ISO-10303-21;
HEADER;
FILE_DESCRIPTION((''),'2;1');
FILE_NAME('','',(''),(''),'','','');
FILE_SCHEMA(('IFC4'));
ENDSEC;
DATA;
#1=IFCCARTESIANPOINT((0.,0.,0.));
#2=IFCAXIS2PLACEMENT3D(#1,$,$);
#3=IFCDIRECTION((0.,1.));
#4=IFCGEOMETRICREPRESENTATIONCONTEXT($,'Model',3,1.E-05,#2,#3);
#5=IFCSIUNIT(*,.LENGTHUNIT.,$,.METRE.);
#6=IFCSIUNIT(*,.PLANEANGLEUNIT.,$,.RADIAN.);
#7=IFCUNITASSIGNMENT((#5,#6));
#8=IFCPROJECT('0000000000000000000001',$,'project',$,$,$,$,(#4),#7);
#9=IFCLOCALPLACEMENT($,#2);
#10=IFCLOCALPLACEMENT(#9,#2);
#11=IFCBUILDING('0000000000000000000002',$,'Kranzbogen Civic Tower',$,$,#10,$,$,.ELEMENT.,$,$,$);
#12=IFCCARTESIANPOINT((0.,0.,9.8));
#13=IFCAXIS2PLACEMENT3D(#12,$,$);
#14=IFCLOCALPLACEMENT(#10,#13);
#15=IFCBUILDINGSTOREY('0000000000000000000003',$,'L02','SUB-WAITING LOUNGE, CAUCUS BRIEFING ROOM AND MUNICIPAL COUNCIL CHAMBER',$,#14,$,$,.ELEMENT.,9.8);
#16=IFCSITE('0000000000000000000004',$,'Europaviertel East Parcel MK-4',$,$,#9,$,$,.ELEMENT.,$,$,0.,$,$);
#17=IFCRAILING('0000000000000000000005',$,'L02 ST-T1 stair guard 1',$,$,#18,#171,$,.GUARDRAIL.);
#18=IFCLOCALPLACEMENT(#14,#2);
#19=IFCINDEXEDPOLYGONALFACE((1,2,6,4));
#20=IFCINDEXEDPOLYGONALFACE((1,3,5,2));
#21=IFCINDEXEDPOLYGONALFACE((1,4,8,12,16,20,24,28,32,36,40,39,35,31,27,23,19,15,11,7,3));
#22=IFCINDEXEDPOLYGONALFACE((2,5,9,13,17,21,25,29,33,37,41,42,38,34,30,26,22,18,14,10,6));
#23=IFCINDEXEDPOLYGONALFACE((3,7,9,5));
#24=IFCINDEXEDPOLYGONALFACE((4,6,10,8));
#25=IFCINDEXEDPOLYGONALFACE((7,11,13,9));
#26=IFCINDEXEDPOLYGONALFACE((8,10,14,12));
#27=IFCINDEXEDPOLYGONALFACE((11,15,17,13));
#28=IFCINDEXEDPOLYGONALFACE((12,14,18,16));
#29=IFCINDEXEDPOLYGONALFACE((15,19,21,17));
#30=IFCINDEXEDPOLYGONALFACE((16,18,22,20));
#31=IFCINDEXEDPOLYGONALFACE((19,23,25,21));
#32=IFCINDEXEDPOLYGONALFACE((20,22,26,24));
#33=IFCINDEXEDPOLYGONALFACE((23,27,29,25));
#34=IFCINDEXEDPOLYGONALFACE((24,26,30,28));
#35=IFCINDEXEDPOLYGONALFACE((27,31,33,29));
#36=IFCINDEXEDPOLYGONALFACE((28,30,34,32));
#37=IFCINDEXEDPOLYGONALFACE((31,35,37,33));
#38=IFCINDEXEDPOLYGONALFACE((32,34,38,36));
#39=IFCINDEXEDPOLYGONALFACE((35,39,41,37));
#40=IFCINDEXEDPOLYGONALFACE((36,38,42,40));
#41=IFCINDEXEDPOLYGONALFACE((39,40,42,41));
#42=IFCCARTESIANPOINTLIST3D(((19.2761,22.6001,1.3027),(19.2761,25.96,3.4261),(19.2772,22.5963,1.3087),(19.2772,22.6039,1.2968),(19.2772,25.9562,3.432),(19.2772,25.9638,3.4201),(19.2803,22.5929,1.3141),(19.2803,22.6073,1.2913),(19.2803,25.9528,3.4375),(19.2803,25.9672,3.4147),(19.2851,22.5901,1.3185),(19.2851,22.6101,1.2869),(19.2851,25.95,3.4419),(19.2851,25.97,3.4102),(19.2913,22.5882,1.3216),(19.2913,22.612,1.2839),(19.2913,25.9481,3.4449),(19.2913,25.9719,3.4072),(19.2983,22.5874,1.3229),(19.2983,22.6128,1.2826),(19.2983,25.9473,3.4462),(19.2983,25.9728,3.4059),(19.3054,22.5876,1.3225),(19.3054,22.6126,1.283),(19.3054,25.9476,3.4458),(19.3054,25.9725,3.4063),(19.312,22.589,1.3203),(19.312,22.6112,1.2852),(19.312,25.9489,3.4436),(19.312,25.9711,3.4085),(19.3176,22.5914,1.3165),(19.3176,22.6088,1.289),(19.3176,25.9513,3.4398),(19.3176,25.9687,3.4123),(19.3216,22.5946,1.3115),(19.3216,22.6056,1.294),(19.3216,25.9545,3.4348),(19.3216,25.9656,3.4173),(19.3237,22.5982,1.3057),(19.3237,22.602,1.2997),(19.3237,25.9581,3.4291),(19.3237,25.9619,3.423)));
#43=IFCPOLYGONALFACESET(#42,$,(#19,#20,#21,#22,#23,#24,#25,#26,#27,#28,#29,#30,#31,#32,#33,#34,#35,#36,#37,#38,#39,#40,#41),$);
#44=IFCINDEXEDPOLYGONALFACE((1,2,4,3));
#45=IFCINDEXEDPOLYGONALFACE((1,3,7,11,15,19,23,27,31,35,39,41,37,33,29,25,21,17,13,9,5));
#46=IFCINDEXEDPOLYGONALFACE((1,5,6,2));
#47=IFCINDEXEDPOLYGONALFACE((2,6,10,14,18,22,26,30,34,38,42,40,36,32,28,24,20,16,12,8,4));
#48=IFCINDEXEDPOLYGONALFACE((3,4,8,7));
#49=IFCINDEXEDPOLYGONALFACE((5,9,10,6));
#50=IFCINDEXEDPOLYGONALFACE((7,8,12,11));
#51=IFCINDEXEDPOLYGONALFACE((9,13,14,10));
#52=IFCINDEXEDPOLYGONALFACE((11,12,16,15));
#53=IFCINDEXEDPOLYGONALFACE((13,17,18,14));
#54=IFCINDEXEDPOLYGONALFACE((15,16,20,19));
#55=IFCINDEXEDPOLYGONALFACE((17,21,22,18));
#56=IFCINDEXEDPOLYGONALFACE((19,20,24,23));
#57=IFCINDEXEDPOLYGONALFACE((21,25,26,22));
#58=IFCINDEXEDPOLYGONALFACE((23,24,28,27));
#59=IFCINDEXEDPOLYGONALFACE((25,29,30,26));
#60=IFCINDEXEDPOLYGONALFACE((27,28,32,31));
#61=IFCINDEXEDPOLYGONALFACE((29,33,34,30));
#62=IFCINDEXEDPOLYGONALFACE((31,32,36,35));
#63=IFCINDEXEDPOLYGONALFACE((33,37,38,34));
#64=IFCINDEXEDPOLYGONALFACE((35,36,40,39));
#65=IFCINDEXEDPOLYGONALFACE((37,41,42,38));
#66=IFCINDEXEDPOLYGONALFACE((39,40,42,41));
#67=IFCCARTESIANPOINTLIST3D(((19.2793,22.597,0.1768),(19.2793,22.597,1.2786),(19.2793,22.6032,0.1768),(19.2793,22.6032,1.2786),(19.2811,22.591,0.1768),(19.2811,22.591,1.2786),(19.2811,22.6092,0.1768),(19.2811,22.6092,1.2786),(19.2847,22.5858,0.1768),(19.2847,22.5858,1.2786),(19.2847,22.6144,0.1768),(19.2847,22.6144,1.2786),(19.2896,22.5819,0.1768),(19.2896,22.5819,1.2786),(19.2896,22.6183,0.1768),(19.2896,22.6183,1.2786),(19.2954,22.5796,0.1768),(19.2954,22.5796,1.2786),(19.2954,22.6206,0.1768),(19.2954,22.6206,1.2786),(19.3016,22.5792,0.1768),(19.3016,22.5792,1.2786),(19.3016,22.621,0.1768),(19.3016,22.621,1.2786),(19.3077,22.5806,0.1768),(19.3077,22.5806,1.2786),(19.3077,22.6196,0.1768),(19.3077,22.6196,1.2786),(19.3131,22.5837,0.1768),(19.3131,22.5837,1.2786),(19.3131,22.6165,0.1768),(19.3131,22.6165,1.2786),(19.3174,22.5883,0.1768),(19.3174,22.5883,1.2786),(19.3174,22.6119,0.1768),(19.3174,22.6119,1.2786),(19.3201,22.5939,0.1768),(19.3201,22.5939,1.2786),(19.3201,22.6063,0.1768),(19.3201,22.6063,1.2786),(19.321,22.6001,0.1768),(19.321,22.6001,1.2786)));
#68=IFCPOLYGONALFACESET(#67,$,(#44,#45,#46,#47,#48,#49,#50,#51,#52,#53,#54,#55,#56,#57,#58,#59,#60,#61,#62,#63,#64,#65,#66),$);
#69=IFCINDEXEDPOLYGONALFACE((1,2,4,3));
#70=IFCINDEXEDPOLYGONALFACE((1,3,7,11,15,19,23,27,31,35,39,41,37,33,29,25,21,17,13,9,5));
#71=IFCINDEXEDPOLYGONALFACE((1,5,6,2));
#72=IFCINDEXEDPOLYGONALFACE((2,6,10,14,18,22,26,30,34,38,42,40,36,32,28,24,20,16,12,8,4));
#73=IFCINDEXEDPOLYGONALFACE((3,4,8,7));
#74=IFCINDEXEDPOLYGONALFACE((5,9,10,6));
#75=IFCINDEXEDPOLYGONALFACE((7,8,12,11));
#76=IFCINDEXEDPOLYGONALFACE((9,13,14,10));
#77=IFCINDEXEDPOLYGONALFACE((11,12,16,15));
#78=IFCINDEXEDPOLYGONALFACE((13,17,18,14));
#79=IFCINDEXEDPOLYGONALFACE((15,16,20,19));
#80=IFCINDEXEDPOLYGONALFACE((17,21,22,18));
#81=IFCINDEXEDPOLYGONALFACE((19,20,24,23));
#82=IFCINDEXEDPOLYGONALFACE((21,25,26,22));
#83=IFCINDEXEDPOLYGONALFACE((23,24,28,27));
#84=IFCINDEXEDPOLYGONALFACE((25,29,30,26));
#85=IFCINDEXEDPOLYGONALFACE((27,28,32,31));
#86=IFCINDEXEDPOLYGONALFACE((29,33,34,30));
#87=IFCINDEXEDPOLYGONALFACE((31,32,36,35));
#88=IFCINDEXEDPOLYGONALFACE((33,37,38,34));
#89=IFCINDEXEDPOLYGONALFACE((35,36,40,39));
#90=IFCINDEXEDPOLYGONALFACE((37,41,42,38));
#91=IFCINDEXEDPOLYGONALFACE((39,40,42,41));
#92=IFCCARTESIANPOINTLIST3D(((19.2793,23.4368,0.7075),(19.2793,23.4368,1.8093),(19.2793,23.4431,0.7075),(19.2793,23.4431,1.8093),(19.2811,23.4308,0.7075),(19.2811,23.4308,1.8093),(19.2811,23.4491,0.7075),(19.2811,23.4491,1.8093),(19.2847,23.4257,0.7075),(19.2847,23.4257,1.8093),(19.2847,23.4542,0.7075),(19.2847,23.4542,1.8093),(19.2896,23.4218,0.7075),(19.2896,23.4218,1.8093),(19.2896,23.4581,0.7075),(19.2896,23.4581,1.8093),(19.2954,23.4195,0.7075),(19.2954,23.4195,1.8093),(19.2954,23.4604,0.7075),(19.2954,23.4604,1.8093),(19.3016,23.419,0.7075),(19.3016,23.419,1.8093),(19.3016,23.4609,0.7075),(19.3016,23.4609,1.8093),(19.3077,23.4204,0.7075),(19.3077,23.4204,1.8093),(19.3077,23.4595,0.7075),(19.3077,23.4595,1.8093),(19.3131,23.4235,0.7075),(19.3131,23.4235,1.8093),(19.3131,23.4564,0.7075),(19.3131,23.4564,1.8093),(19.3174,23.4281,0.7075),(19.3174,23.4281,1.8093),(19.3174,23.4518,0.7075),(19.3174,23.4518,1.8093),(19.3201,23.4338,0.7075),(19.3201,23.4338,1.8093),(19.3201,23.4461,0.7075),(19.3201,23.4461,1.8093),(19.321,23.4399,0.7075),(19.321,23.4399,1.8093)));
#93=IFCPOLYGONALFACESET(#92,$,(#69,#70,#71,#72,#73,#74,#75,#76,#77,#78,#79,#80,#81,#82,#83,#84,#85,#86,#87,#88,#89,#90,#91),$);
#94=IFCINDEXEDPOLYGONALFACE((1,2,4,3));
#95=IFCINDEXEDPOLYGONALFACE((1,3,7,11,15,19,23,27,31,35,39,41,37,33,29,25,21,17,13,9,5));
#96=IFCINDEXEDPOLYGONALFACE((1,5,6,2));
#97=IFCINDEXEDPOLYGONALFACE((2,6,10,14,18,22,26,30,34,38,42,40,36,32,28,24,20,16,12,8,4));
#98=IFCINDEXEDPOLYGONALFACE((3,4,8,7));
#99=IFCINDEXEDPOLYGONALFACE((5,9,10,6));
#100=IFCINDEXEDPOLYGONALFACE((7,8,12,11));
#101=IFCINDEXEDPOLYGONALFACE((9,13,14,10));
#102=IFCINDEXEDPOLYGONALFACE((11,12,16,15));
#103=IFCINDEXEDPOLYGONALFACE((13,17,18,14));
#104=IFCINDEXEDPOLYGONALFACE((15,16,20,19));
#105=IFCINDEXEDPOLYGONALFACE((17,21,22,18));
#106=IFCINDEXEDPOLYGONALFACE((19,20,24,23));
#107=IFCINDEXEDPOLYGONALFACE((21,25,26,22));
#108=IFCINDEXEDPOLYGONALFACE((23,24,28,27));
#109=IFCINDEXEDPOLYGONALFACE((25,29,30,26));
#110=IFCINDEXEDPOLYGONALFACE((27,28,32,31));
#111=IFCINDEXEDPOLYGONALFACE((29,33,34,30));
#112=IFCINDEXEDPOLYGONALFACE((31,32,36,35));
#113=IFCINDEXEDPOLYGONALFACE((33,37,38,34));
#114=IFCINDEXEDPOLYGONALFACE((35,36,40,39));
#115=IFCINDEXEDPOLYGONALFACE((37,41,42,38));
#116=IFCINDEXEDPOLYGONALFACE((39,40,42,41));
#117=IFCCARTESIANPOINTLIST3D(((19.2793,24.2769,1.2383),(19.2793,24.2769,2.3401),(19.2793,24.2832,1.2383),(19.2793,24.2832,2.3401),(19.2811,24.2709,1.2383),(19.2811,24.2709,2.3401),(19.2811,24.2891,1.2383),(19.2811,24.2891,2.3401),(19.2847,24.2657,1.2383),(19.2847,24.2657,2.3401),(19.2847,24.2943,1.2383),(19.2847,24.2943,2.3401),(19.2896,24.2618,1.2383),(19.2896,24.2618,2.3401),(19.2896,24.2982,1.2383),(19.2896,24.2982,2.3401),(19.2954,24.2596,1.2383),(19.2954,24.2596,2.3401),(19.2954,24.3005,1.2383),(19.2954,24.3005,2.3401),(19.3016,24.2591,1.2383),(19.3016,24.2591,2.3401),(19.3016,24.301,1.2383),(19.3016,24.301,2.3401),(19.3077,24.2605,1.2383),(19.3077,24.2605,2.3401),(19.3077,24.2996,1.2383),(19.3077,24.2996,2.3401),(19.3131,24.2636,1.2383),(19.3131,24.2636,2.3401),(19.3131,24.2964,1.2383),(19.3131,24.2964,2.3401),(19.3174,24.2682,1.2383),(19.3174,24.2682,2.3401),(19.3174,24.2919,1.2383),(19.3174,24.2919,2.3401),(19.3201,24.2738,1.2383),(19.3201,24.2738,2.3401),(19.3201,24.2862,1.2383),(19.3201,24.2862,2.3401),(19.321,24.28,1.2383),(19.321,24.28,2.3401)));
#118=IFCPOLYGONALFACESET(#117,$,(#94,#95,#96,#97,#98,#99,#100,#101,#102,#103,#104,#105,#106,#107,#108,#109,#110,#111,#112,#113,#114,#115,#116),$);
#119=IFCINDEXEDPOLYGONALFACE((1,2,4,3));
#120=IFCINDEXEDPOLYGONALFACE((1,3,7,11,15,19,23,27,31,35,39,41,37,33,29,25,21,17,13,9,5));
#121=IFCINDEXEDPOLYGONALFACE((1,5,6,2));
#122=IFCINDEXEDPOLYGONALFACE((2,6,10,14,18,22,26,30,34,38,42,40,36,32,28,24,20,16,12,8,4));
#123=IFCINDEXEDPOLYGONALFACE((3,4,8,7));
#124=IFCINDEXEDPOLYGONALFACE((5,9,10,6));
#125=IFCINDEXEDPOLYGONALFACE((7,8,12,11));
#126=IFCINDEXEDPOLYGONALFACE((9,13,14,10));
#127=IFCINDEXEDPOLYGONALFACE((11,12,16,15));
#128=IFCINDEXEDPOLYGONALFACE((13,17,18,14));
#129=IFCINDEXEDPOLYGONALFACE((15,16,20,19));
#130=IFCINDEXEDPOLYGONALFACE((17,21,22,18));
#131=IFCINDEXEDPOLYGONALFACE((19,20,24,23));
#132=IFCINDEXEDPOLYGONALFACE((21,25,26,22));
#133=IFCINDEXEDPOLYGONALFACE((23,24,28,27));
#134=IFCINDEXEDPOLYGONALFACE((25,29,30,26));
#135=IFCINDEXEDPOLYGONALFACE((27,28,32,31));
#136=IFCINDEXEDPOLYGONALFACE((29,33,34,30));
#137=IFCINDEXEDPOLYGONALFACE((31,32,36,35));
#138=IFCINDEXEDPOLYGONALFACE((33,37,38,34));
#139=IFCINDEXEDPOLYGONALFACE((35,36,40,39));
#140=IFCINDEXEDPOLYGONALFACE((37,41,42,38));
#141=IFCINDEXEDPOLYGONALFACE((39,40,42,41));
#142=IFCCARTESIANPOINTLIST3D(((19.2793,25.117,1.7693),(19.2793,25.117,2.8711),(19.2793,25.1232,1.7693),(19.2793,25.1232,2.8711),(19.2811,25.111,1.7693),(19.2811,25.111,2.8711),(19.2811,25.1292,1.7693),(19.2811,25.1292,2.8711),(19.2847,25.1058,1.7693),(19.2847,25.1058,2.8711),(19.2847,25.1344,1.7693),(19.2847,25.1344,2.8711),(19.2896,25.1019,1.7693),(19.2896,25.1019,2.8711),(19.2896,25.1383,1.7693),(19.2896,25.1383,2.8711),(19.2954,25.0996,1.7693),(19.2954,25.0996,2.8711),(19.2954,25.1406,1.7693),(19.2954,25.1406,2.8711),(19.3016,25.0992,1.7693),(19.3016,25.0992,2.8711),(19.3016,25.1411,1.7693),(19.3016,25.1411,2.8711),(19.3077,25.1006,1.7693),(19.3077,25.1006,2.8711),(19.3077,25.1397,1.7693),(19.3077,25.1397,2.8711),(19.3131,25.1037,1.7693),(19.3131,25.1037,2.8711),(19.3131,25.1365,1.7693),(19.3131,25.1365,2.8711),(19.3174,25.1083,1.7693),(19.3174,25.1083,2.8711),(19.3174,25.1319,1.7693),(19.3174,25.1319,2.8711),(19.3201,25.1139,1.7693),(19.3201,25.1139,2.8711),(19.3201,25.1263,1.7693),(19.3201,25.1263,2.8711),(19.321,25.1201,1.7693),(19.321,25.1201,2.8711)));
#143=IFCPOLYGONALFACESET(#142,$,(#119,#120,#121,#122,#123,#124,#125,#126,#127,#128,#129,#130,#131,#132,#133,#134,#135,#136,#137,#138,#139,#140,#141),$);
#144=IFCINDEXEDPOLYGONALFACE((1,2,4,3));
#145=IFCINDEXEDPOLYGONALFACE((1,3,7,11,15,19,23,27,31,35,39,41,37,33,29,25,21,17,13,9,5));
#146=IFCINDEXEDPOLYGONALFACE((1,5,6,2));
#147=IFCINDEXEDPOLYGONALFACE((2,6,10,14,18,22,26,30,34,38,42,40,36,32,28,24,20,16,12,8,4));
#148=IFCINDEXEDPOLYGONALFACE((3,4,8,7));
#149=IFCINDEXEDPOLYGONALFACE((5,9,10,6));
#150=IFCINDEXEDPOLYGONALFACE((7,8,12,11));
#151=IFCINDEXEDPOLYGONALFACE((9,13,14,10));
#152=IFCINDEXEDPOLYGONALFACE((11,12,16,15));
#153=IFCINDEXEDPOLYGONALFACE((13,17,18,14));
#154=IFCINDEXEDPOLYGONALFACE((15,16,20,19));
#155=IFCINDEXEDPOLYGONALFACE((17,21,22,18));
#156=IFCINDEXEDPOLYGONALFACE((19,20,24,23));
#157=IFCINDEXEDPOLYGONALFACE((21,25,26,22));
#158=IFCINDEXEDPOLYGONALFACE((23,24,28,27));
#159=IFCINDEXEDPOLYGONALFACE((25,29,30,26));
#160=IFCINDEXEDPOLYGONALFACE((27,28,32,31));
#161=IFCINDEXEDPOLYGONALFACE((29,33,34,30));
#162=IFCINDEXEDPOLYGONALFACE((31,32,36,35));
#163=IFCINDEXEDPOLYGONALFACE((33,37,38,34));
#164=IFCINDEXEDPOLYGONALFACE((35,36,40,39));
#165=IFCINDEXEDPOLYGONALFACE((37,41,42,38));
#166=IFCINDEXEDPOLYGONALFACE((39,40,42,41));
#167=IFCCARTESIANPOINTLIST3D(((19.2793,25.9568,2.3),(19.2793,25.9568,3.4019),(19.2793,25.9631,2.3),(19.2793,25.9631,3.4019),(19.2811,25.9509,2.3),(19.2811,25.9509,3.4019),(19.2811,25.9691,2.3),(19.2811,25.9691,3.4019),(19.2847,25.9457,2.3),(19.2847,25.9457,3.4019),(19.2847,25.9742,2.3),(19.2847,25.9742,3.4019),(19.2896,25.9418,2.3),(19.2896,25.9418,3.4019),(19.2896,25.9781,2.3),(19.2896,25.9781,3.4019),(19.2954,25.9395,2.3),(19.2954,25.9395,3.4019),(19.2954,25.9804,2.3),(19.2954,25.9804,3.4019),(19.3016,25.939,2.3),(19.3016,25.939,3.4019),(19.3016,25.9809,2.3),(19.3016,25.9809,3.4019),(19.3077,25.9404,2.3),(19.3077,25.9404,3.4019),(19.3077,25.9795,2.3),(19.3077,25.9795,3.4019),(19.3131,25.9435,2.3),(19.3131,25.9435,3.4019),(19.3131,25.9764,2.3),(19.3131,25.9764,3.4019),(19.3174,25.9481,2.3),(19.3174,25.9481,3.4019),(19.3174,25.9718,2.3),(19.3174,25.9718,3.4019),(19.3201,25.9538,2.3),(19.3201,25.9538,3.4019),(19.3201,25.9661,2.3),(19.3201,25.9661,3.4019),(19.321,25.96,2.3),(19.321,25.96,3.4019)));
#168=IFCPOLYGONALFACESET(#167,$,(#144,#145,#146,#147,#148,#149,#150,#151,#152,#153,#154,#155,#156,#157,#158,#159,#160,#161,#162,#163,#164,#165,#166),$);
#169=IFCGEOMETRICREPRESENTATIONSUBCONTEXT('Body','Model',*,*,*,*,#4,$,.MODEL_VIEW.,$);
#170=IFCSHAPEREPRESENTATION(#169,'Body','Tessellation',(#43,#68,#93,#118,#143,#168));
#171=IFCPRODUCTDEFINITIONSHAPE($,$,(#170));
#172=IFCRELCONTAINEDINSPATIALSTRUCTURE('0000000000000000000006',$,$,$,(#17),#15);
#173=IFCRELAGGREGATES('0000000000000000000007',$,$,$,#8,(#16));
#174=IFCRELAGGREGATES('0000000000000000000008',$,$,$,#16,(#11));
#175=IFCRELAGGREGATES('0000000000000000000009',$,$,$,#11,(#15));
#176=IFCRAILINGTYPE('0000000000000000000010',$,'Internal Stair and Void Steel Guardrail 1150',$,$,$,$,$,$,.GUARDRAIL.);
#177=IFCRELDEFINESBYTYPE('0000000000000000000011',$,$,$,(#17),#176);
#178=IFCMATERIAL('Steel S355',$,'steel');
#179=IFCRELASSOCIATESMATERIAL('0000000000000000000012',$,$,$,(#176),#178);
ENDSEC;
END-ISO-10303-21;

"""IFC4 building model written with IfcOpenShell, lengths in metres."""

from ifc_helpers import new_model, si_unit, direction, frame, origin, origin_2d, place, context, subcontext, project, spatial, circle, extrude, material, type_object, element, save


model = new_model("IFC4")

# Units and contexts
model_context = context("Model", 3, precision=1e-05, world=origin(), true_north=direction((0.0, 1.0)))
body_context = subcontext(model_context, "Body", "Model", "MODEL_VIEW")
ifc_project = project(units=[si_unit("LENGTHUNIT", "METRE"), si_unit("PLANEANGLEUNIT", "RADIAN")], contexts=[model_context])

# Site, building, storey
site_placement = place(None, origin())
site = spatial("IfcSite", under=ifc_project, at=site_placement, Name="Europaviertel East Parcel MK-4", CompositionType="ELEMENT", RefElevation=0.0)
building_placement = place(site_placement, origin())
building = spatial("IfcBuilding", under=site, at=building_placement, Name="Kranzbogen Civic Tower", CompositionType="ELEMENT")
storey_placement = place(building_placement, frame((0.0, 0.0, 9.8)))
storey = spatial("IfcBuildingStorey", under=building, at=storey_placement, Name="L02", Description="SUB-WAITING LOUNGE, CAUCUS BRIEFING ROOM AND MUNICIPAL COUNCIL CHAMBER", CompositionType="ELEMENT", Elevation=9.8)

# Shared definitions
ifc_material_1 = material(Name="Steel S355", Category="steel")

# Railing
railing_type_1 = type_object("IfcRailingType", Name="Internal Stair and Void Steel Guardrail 1150", PredefinedType="GUARDRAIL", material=ifc_material_1)
railing_1_placement = place(storey_placement, frame((19.3, 22.6001, 0.1768)))
element("IfcRailing", 1, at=railing_1_placement, inside=storey, type_object=railing_type_1, Name="L02 ST-T1 stair guard 1", PredefinedType="GUARDRAIL", context=body_context, shape_type="SweptSolid", body=[
    extrude(circle(Radius=0.0239, at=origin_2d()), frame((0.0, 0.0, 1.126), z_axis=(0.0, 0.845344, 0.534222), x_axis=(-1.0, 0.0, 0.0)), (0.0, 0.0, 1.0), 3.9746),
    extrude(circle(Radius=0.021, at=origin_2d()), origin(), (0.0, 0.0, 1.0), 1.1018),
    extrude(circle(Radius=0.021, at=origin_2d()), frame((0.0, 0.8398, 0.5308)), (0.0, 0.0, 1.0), 1.1018),
    extrude(circle(Radius=0.021, at=origin_2d()), frame((0.0, 1.6799, 1.0615)), (0.0, 0.0, 1.0), 1.1018),
    extrude(circle(Radius=0.021, at=origin_2d()), frame((0.0, 2.52, 1.5925)), (0.0, 0.0, 1.0), 1.1018),
    extrude(circle(Radius=0.021, at=origin_2d()), frame((0.0, 3.3599, 2.1233)), (0.0, 0.0, 1.0), 1.1018),
])

save(model, "model.ifc")
